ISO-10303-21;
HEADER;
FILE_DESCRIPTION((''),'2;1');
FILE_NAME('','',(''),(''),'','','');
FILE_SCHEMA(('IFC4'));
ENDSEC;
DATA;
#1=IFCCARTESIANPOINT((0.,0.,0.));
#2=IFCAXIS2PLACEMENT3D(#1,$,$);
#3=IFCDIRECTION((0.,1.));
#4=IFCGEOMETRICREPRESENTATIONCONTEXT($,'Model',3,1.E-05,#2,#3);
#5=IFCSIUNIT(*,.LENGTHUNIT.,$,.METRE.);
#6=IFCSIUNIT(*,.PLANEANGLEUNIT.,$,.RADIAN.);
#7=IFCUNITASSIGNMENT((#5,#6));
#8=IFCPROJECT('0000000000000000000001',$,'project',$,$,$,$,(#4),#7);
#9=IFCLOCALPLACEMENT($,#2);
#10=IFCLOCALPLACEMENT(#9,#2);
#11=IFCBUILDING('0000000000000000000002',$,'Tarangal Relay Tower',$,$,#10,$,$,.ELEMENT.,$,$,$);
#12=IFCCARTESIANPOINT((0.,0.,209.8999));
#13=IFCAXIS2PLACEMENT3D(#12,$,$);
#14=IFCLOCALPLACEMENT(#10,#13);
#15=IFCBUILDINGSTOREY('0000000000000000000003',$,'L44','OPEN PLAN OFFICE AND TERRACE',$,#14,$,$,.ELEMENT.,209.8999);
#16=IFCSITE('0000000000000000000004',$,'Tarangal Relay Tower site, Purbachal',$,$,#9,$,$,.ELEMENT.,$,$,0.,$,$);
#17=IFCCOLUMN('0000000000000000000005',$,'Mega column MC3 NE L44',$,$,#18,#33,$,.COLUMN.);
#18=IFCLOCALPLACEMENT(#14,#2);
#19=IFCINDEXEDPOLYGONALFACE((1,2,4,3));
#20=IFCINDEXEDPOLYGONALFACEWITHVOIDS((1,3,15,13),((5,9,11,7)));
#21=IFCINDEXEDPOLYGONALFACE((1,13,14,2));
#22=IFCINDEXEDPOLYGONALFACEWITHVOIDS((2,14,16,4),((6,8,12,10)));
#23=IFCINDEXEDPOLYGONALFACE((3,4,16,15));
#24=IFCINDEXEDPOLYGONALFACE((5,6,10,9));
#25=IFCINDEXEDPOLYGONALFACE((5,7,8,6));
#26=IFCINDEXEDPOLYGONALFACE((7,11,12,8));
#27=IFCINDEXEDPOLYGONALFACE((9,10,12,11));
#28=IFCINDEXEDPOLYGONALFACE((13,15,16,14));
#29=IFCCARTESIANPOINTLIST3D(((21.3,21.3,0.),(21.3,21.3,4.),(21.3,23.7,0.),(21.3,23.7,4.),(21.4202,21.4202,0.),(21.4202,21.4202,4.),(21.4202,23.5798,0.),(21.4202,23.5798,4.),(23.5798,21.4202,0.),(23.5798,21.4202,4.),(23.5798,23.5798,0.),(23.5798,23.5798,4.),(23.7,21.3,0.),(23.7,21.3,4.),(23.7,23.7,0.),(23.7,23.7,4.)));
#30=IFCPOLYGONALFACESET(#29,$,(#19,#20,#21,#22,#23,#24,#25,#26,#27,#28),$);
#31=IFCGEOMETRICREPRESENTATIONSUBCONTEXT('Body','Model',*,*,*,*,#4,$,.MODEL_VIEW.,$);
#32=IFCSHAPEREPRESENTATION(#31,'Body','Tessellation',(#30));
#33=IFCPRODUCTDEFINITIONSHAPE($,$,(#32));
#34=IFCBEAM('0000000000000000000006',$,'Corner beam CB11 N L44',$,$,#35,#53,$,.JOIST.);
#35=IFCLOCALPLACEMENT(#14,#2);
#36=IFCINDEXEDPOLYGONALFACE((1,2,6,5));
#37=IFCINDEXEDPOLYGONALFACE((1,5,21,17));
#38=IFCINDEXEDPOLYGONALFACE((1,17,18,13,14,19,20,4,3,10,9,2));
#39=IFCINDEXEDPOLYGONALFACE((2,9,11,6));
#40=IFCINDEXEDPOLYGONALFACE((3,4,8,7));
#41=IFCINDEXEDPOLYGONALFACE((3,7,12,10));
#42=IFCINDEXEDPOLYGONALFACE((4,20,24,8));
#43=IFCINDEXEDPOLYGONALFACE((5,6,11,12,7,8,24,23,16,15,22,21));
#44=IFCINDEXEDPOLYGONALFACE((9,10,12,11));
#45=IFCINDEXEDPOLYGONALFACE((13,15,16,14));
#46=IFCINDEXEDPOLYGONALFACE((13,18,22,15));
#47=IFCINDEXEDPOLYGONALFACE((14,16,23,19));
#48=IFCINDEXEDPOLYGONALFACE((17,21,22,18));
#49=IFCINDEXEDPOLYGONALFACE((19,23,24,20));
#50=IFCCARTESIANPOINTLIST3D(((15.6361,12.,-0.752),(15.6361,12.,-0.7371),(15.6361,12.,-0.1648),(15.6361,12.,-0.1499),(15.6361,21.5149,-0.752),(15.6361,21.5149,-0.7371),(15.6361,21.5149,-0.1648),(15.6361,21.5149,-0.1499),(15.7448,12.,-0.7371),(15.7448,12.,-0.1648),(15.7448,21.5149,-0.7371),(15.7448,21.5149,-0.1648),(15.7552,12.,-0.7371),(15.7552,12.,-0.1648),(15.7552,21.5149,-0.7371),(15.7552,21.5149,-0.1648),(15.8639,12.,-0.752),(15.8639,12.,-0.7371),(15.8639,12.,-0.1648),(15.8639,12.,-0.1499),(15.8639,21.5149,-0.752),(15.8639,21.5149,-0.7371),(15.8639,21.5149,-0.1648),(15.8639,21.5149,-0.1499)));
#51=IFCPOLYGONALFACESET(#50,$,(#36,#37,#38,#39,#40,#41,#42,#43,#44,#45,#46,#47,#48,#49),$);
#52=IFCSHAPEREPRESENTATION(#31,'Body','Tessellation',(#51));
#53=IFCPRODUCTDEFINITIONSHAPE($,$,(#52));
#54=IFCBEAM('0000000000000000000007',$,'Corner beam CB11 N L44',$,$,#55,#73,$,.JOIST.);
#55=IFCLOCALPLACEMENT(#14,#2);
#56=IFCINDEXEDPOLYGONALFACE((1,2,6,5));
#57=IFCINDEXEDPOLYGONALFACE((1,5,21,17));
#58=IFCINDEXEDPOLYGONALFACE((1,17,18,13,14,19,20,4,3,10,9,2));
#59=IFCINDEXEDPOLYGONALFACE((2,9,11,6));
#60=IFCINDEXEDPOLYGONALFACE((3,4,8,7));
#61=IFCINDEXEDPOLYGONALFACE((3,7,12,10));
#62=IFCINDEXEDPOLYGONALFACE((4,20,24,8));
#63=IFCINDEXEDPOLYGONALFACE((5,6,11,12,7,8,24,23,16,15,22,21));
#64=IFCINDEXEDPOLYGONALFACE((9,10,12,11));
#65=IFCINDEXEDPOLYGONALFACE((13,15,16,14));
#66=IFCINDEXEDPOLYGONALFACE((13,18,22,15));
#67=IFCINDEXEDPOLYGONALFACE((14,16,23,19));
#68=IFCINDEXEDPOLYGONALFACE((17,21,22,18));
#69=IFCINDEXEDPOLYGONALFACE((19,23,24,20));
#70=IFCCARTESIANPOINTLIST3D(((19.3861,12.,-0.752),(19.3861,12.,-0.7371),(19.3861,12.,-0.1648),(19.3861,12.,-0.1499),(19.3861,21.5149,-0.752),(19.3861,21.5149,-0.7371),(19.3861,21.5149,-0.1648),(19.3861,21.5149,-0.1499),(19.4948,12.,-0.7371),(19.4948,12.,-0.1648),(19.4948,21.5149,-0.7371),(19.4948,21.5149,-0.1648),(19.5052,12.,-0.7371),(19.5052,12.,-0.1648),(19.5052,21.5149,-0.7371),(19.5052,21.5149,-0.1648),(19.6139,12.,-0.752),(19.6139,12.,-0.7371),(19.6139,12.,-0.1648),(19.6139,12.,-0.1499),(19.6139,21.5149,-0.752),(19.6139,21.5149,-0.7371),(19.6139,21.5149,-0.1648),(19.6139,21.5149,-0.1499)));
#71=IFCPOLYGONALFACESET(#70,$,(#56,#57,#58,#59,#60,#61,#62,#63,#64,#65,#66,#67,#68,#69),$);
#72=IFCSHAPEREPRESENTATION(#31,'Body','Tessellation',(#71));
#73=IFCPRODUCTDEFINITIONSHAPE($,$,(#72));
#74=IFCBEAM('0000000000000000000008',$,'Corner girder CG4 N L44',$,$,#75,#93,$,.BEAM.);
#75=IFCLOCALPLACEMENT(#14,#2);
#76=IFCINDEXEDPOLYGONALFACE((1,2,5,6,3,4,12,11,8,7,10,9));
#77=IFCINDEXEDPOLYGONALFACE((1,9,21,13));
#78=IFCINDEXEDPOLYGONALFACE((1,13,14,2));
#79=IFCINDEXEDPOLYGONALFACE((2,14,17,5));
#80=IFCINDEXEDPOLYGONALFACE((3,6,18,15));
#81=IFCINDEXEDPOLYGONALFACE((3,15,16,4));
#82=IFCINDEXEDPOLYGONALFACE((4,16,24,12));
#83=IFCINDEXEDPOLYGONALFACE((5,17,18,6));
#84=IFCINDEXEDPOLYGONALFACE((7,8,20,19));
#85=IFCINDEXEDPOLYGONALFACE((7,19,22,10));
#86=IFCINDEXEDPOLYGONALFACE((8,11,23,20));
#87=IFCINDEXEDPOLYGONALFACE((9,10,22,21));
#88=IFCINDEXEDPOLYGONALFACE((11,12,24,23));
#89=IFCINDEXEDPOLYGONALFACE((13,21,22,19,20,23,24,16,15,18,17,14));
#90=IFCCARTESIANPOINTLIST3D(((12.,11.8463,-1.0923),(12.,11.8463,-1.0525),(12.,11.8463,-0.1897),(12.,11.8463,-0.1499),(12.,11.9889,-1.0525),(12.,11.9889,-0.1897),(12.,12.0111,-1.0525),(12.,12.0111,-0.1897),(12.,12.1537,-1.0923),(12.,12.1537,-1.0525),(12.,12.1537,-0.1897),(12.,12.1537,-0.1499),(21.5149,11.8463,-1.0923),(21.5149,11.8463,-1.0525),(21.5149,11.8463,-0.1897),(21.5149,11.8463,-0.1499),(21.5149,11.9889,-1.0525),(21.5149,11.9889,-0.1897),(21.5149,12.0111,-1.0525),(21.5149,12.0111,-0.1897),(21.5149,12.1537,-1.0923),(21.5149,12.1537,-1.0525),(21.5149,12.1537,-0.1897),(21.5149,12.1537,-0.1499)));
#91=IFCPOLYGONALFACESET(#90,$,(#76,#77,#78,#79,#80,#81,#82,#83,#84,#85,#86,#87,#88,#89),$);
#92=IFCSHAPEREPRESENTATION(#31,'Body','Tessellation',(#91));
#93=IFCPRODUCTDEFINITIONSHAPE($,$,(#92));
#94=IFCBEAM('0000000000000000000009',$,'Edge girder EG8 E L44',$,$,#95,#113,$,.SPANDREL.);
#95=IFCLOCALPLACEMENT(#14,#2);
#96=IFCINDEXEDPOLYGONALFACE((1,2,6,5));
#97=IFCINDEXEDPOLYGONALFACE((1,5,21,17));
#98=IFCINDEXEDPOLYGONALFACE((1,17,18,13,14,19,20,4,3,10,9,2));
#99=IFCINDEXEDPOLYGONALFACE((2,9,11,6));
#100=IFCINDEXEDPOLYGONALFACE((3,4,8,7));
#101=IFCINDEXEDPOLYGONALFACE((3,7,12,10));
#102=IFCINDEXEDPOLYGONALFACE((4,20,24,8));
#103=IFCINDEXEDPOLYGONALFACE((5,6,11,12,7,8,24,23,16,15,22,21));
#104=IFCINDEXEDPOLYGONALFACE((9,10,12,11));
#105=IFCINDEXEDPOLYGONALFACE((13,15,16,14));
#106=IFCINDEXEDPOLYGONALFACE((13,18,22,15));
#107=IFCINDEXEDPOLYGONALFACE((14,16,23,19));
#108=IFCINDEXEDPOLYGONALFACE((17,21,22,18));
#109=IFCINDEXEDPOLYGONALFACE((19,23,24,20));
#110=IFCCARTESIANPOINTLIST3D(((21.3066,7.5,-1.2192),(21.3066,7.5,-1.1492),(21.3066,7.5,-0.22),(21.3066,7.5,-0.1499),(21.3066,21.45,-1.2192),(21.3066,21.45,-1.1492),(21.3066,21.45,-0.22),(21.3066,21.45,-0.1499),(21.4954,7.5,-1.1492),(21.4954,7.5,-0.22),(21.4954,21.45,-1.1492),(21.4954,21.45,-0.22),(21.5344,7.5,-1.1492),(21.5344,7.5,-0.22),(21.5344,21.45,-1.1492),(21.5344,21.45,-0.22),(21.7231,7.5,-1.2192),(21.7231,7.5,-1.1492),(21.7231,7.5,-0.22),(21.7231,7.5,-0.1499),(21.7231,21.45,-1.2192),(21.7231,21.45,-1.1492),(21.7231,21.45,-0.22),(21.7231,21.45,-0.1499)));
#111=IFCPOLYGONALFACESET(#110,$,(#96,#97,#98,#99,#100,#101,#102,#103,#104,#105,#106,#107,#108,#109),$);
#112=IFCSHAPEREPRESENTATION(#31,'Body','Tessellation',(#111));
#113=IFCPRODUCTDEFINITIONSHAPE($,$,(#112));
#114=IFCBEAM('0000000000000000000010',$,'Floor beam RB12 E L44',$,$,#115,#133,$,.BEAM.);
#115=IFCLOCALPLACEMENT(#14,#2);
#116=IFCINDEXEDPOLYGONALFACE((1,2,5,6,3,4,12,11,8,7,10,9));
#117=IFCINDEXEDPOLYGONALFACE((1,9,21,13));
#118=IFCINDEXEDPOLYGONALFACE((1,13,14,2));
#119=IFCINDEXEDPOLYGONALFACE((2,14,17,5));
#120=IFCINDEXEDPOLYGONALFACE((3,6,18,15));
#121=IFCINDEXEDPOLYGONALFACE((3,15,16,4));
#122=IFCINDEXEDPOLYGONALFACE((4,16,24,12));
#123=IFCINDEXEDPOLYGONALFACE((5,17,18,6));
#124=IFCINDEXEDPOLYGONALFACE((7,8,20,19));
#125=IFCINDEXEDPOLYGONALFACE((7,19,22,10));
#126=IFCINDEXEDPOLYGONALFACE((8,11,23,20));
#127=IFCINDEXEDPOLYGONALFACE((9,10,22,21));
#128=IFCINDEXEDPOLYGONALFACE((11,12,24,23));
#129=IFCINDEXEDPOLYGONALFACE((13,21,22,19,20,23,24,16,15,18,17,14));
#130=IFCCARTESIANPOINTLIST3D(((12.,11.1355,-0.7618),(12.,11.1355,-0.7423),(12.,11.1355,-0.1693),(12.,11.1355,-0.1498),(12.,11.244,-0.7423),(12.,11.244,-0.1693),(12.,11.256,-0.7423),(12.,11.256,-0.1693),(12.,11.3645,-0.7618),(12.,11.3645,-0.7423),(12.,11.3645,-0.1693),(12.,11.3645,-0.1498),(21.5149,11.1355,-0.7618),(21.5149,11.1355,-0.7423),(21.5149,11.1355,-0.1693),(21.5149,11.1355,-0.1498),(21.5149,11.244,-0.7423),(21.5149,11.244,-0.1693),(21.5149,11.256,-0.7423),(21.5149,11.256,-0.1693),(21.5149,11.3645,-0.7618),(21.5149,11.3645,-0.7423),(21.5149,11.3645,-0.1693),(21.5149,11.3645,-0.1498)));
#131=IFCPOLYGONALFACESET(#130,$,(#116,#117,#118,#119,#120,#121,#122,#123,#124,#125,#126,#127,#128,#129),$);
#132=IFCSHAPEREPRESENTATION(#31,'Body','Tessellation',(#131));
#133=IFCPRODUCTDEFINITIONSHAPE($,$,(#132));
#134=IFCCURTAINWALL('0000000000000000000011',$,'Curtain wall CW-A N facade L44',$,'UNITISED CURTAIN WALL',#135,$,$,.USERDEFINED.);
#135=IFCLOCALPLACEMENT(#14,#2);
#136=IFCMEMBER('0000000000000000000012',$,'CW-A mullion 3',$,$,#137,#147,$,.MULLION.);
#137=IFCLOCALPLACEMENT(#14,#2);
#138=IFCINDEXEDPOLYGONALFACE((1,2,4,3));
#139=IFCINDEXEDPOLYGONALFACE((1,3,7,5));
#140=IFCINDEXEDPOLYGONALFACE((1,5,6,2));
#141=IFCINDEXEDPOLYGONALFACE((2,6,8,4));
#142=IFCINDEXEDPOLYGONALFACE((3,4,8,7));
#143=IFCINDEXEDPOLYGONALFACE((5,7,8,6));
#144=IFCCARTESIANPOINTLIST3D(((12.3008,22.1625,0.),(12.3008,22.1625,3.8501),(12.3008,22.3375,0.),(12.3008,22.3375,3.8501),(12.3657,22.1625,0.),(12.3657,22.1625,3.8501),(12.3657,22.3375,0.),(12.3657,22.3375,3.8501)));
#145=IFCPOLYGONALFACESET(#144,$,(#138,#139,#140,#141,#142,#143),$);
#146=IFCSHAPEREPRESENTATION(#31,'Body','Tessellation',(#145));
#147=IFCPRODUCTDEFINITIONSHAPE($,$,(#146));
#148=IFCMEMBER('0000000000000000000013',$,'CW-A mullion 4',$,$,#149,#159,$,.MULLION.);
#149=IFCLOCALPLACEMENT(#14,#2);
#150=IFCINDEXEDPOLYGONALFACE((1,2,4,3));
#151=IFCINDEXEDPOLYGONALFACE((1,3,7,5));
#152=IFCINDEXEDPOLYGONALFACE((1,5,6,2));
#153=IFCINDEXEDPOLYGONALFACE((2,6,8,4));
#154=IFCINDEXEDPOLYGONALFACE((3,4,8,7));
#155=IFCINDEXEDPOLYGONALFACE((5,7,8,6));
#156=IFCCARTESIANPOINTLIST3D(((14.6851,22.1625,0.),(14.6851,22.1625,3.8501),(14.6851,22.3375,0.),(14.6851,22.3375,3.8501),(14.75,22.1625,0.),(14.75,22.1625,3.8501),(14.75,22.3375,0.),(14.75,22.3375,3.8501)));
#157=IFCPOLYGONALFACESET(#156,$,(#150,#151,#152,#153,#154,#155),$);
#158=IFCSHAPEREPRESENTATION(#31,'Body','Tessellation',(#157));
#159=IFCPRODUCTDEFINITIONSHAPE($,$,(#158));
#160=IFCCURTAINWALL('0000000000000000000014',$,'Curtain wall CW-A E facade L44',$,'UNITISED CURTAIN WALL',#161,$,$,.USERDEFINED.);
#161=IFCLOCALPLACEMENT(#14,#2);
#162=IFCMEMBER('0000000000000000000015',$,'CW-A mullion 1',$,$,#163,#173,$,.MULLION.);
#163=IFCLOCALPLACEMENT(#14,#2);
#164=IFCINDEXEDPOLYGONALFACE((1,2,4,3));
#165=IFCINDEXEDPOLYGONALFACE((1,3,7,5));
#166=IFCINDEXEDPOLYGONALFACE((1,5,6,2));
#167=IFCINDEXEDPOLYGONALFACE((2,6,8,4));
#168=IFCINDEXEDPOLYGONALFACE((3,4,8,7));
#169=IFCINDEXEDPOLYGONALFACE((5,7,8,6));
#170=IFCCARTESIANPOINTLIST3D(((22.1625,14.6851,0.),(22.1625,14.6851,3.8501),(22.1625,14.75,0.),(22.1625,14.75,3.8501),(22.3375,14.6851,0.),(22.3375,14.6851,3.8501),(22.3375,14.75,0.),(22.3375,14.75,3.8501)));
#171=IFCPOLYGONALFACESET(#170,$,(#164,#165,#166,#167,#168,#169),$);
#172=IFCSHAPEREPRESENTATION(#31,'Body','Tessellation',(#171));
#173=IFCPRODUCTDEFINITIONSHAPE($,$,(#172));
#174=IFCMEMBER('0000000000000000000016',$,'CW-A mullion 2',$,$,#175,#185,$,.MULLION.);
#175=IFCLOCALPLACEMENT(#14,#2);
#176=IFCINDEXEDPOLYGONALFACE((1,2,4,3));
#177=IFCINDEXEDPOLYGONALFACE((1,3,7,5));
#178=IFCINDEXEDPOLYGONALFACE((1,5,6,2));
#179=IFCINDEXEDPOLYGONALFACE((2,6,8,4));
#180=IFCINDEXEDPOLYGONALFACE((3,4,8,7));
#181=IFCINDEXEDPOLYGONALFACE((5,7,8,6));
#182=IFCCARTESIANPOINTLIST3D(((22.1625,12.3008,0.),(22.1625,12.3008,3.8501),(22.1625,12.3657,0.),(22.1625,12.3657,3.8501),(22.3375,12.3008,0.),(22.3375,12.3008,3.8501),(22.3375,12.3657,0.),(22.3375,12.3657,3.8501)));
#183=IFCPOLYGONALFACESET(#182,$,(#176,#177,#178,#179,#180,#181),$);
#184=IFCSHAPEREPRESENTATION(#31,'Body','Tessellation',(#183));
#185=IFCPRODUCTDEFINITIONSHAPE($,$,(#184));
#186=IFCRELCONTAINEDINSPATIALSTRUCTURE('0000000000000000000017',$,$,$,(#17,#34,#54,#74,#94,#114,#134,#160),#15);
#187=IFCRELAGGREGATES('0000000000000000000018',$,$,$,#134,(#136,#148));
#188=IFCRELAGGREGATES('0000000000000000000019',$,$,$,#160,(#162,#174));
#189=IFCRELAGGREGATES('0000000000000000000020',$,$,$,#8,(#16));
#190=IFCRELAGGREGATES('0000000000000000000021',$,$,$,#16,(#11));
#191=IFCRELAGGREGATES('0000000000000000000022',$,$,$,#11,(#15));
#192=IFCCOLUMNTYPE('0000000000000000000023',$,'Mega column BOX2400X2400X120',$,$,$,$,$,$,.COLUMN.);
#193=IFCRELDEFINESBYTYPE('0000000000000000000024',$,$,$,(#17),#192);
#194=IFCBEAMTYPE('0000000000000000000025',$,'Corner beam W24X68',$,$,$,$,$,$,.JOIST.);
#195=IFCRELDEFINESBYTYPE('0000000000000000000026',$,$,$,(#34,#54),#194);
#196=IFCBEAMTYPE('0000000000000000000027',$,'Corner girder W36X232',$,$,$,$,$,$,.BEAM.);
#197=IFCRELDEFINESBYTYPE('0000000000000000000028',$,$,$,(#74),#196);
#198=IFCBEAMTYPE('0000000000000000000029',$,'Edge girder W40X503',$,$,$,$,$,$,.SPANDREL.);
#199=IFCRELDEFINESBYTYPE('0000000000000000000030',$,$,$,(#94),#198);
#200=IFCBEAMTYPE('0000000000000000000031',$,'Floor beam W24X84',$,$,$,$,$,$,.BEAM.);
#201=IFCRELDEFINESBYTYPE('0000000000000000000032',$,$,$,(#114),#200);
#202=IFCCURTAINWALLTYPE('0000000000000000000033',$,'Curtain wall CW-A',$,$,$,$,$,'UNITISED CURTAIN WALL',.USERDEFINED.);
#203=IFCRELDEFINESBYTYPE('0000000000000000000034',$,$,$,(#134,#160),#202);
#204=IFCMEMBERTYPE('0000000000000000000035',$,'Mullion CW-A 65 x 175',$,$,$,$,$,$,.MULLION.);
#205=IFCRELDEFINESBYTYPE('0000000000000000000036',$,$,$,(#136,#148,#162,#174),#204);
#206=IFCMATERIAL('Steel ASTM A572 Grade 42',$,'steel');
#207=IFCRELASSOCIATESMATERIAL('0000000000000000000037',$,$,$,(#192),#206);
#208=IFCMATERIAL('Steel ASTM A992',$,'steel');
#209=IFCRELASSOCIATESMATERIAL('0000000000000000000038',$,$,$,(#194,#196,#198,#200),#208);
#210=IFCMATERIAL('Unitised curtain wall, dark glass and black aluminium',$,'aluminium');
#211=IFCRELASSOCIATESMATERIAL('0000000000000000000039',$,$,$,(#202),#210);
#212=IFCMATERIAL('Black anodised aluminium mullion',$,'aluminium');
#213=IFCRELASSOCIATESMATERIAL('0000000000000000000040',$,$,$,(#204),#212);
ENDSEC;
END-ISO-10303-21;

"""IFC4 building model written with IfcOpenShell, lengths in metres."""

from ifc_helpers import new_model, si_unit, direction, frame, origin, origin_2d, place, context, subcontext, project, spatial, rectangle, hollow_rectangle, i_section, extrude, material, material_profile, profile_set, type_object, element, aggregate, save


model = new_model("IFC4")

# Units and contexts
model_context = context("Model", 3, precision=1e-05, world=origin(), true_north=direction((0.0, 1.0)))
body_context = subcontext(model_context, "Body", "Model", "MODEL_VIEW")
ifc_project = project(units=[si_unit("LENGTHUNIT", "METRE"), si_unit("PLANEANGLEUNIT", "RADIAN")], contexts=[model_context])

# Site, building, storey
site_placement = place(None, origin())
site = spatial("IfcSite", under=ifc_project, at=site_placement, Name="Tarangal Relay Tower site, Purbachal", CompositionType="ELEMENT", RefElevation=0.0)
building_placement = place(site_placement, origin())
building = spatial("IfcBuilding", under=site, at=building_placement, Name="Tarangal Relay Tower", CompositionType="ELEMENT")
storey_placement = place(building_placement, frame((0.0, 0.0, 209.8999)))
storey = spatial("IfcBuildingStorey", under=building, at=storey_placement, Name="L44", Description="OPEN PLAN OFFICE AND TERRACE", CompositionType="ELEMENT", Elevation=209.8999)

# Column
ifc_material_1 = material(Name="Steel ASTM A572 Grade 42", Category="steel")
ifc_material_profile_1 = material_profile(ifc_material_1, hollow_rectangle(XDim=2.3999, YDim=2.3999, WallThickness=0.1201, at=origin_2d()), Name="BOX2400X2400X120")
ifc_profile_set_1 = profile_set([ifc_material_profile_1], Name="Steel ASTM A572 Grade 42")
column_type = type_object("IfcColumnType", Name="Mega column BOX2400X2400X120", PredefinedType="COLUMN", material=ifc_profile_set_1)
column_placement = place(storey_placement, frame((22.5, 22.5, 0.0), z_axis=(0.0, 0.0, 1.0), x_axis=(1.0, 0.0, 0.0)))
element("IfcColumn", 1, at=column_placement, inside=storey, type_object=column_type, Name="Mega column MC3 NE L44", PredefinedType="COLUMN", context=body_context, shape_type="SweptSolid", body=[
    extrude(hollow_rectangle(XDim=2.3999, YDim=2.3999, WallThickness=0.1201, at=origin_2d()), origin(), (0.0, 0.0, 1.0), 4.0),
])

# Beams
ifc_material_2 = material(Name="Steel ASTM A992", Category="steel")
ifc_material_profile_2 = material_profile(ifc_material_2, i_section(OverallWidth=0.2278, OverallDepth=0.6021, WebThickness=0.0105, FlangeThickness=0.0149, at=origin_2d()), Name="W24X68")
ifc_profile_set_2 = profile_set([ifc_material_profile_2], Name="Steel ASTM A992")
beam_type_1 = type_object("IfcBeamType", Name="Corner beam W24X68", PredefinedType="JOIST", material=ifc_profile_set_2)
for number, where, z_axis, x_axis, name in (
    (2, (15.75, 12.0, -0.4509), (0.0, 1.0, 0.0), (-1.0, 0.0, 0.0), "Corner beam CB11 N L44"),
    (3, (19.5, 12.0, -0.4509), (0.0, 1.0, 0.0), (-1.0, 0.0, 0.0), "Corner beam CB11 N L44"),
):
    element("IfcBeam", number, at=place(storey_placement, frame(where, z_axis=z_axis, x_axis=x_axis)), inside=storey, type_object=beam_type_1, Name=name, PredefinedType="JOIST", context=body_context, shape_type="SweptSolid", body=[
        extrude(i_section(OverallWidth=0.2278, OverallDepth=0.6021, WebThickness=0.0105, FlangeThickness=0.0149, at=origin_2d()), origin(), (0.0, 0.0, 1.0), 9.5149),
    ])
ifc_material_profile_3 = material_profile(ifc_material_2, i_section(OverallWidth=0.3074, OverallDepth=0.9424, WebThickness=0.0222, FlangeThickness=0.0398, at=origin_2d()), Name="W36X232")
ifc_profile_set_3 = profile_set([ifc_material_profile_3], Name="Steel ASTM A992")
beam_type_2 = type_object("IfcBeamType", Name="Corner girder W36X232", PredefinedType="BEAM", material=ifc_profile_set_3)
beam_1_placement = place(storey_placement, frame((12.0, 12.0, -0.6211), z_axis=(1.0, 0.0, 0.0), x_axis=(0.0, 1.0, 0.0)))
element("IfcBeam", 4, at=beam_1_placement, inside=storey, type_object=beam_type_2, Name="Corner girder CG4 N L44", PredefinedType="BEAM", context=body_context, shape_type="SweptSolid", body=[
    extrude(i_section(OverallWidth=0.3074, OverallDepth=0.9424, WebThickness=0.0222, FlangeThickness=0.0398, at=origin_2d()), origin(), (0.0, 0.0, 1.0), 9.5149),
])
ifc_material_profile_4 = material_profile(ifc_material_2, i_section(OverallWidth=0.4165, OverallDepth=1.0693, WebThickness=0.0391, FlangeThickness=0.0701, at=origin_2d()), Name="W40X503")
ifc_profile_set_4 = profile_set([ifc_material_profile_4], Name="Steel ASTM A992")
beam_type_3 = type_object("IfcBeamType", Name="Edge girder W40X503", PredefinedType="SPANDREL", material=ifc_profile_set_4)
beam_2_placement = place(storey_placement, frame((21.5149, 21.45, -0.6846), z_axis=(0.0, -1.0, 0.0), x_axis=(1.0, 0.0, 0.0)))
element("IfcBeam", 5, at=beam_2_placement, inside=storey, type_object=beam_type_3, Name="Edge girder EG8 E L44", PredefinedType="SPANDREL", context=body_context, shape_type="SweptSolid", body=[
    extrude(i_section(OverallWidth=0.4165, OverallDepth=1.0693, WebThickness=0.0391, FlangeThickness=0.0701, at=origin_2d()), origin(), (0.0, 0.0, 1.0), 13.95),
])
ifc_material_profile_5 = material_profile(ifc_material_2, i_section(OverallWidth=0.229, OverallDepth=0.6121, WebThickness=0.012, FlangeThickness=0.0195, at=origin_2d()), Name="W24X84")
ifc_profile_set_5 = profile_set([ifc_material_profile_5], Name="Steel ASTM A992")
beam_type_4 = type_object("IfcBeamType", Name="Floor beam W24X84", PredefinedType="BEAM", material=ifc_profile_set_5)
beam_3_placement = place(storey_placement, frame((12.0, 11.25, -0.4558), z_axis=(1.0, 0.0, 0.0), x_axis=(0.0, 1.0, 0.0)))
element("IfcBeam", 6, at=beam_3_placement, inside=storey, type_object=beam_type_4, Name="Floor beam RB12 E L44", PredefinedType="BEAM", context=body_context, shape_type="SweptSolid", body=[
    extrude(i_section(OverallWidth=0.229, OverallDepth=0.6121, WebThickness=0.012, FlangeThickness=0.0195, at=origin_2d()), origin(), (0.0, 0.0, 1.0), 9.5149),
])

# Curtain walls, members
ifc_material_3 = material(Name="Unitised curtain wall, dark glass and black aluminium", Category="aluminium")
curtain_wall_type = type_object("IfcCurtainWallType", Name="Curtain wall CW-A", ElementType="UNITISED CURTAIN WALL", PredefinedType="USERDEFINED", material=ifc_material_3)
curtain_wall_1_placement = place(storey_placement, origin())
curtain_wall_1 = element("IfcCurtainWall", 7, at=curtain_wall_1_placement, inside=storey, type_object=curtain_wall_type, Name="Curtain wall CW-A N facade L44", ObjectType="UNITISED CURTAIN WALL", PredefinedType="USERDEFINED")
ifc_material_4 = material(Name="Black anodised aluminium mullion", Category="aluminium")
ifc_material_profile_6 = material_profile(ifc_material_4, rectangle(XDim=0.175, YDim=0.0649, at=origin_2d()), Name="CW-AM 65X175")
ifc_profile_set_6 = profile_set([ifc_material_profile_6], Name="Black anodised aluminium mullion")
member_type_1 = type_object("IfcMemberType", Name="Mullion CW-A 65 x 175", PredefinedType="MULLION", material=ifc_profile_set_6)
member_1_placement = place(storey_placement, frame((12.3333, 22.25, 0.0), z_axis=(0.0, 0.0, 1.0), x_axis=(0.0, 1.0, 0.0)))
member_1 = element("IfcMember", 8, at=member_1_placement, type_object=member_type_1, Name="CW-A mullion 3", PredefinedType="MULLION", context=body_context, shape_type="SweptSolid", body=[
    extrude(rectangle(XDim=0.175, YDim=0.0649, at=origin_2d()), origin(), (0.0, 0.0, 1.0), 3.8501),
])
member_2_placement = place(storey_placement, frame((14.7175, 22.25, 0.0), z_axis=(0.0, 0.0, 1.0), x_axis=(0.0, 1.0, 0.0)))
member_2 = element("IfcMember", 9, at=member_2_placement, type_object=member_type_1, Name="CW-A mullion 4", PredefinedType="MULLION", context=body_context, shape_type="SweptSolid", body=[
    extrude(rectangle(XDim=0.175, YDim=0.0649, at=origin_2d()), origin(), (0.0, 0.0, 1.0), 3.8501),
])
curtain_wall_2_placement = place(storey_placement, origin())
curtain_wall_2 = element("IfcCurtainWall", 10, at=curtain_wall_2_placement, inside=storey, type_object=curtain_wall_type, Name="Curtain wall CW-A E facade L44", ObjectType="UNITISED CURTAIN WALL", PredefinedType="USERDEFINED")
member_3_placement = place(storey_placement, frame((22.25, 14.7175, 0.0), z_axis=(0.0, 0.0, 1.0), x_axis=(1.0, 0.0, 0.0)))
member_3 = element("IfcMember", 11, at=member_3_placement, type_object=member_type_1, Name="CW-A mullion 1", PredefinedType="MULLION", context=body_context, shape_type="SweptSolid", body=[
    extrude(rectangle(XDim=0.175, YDim=0.0649, at=origin_2d()), origin(), (0.0, 0.0, 1.0), 3.8501),
])
member_4_placement = place(storey_placement, frame((22.25, 12.3333, 0.0), z_axis=(0.0, 0.0, 1.0), x_axis=(1.0, 0.0, 0.0)))
member_4 = element("IfcMember", 12, at=member_4_placement, type_object=member_type_1, Name="CW-A mullion 2", PredefinedType="MULLION", context=body_context, shape_type="SweptSolid", body=[
    extrude(rectangle(XDim=0.175, YDim=0.0649, at=origin_2d()), origin(), (0.0, 0.0, 1.0), 3.8501),
])

aggregate(curtain_wall_1, [member_1, member_2])
aggregate(curtain_wall_2, [member_3, member_4])

save(model, "model.ifc")
